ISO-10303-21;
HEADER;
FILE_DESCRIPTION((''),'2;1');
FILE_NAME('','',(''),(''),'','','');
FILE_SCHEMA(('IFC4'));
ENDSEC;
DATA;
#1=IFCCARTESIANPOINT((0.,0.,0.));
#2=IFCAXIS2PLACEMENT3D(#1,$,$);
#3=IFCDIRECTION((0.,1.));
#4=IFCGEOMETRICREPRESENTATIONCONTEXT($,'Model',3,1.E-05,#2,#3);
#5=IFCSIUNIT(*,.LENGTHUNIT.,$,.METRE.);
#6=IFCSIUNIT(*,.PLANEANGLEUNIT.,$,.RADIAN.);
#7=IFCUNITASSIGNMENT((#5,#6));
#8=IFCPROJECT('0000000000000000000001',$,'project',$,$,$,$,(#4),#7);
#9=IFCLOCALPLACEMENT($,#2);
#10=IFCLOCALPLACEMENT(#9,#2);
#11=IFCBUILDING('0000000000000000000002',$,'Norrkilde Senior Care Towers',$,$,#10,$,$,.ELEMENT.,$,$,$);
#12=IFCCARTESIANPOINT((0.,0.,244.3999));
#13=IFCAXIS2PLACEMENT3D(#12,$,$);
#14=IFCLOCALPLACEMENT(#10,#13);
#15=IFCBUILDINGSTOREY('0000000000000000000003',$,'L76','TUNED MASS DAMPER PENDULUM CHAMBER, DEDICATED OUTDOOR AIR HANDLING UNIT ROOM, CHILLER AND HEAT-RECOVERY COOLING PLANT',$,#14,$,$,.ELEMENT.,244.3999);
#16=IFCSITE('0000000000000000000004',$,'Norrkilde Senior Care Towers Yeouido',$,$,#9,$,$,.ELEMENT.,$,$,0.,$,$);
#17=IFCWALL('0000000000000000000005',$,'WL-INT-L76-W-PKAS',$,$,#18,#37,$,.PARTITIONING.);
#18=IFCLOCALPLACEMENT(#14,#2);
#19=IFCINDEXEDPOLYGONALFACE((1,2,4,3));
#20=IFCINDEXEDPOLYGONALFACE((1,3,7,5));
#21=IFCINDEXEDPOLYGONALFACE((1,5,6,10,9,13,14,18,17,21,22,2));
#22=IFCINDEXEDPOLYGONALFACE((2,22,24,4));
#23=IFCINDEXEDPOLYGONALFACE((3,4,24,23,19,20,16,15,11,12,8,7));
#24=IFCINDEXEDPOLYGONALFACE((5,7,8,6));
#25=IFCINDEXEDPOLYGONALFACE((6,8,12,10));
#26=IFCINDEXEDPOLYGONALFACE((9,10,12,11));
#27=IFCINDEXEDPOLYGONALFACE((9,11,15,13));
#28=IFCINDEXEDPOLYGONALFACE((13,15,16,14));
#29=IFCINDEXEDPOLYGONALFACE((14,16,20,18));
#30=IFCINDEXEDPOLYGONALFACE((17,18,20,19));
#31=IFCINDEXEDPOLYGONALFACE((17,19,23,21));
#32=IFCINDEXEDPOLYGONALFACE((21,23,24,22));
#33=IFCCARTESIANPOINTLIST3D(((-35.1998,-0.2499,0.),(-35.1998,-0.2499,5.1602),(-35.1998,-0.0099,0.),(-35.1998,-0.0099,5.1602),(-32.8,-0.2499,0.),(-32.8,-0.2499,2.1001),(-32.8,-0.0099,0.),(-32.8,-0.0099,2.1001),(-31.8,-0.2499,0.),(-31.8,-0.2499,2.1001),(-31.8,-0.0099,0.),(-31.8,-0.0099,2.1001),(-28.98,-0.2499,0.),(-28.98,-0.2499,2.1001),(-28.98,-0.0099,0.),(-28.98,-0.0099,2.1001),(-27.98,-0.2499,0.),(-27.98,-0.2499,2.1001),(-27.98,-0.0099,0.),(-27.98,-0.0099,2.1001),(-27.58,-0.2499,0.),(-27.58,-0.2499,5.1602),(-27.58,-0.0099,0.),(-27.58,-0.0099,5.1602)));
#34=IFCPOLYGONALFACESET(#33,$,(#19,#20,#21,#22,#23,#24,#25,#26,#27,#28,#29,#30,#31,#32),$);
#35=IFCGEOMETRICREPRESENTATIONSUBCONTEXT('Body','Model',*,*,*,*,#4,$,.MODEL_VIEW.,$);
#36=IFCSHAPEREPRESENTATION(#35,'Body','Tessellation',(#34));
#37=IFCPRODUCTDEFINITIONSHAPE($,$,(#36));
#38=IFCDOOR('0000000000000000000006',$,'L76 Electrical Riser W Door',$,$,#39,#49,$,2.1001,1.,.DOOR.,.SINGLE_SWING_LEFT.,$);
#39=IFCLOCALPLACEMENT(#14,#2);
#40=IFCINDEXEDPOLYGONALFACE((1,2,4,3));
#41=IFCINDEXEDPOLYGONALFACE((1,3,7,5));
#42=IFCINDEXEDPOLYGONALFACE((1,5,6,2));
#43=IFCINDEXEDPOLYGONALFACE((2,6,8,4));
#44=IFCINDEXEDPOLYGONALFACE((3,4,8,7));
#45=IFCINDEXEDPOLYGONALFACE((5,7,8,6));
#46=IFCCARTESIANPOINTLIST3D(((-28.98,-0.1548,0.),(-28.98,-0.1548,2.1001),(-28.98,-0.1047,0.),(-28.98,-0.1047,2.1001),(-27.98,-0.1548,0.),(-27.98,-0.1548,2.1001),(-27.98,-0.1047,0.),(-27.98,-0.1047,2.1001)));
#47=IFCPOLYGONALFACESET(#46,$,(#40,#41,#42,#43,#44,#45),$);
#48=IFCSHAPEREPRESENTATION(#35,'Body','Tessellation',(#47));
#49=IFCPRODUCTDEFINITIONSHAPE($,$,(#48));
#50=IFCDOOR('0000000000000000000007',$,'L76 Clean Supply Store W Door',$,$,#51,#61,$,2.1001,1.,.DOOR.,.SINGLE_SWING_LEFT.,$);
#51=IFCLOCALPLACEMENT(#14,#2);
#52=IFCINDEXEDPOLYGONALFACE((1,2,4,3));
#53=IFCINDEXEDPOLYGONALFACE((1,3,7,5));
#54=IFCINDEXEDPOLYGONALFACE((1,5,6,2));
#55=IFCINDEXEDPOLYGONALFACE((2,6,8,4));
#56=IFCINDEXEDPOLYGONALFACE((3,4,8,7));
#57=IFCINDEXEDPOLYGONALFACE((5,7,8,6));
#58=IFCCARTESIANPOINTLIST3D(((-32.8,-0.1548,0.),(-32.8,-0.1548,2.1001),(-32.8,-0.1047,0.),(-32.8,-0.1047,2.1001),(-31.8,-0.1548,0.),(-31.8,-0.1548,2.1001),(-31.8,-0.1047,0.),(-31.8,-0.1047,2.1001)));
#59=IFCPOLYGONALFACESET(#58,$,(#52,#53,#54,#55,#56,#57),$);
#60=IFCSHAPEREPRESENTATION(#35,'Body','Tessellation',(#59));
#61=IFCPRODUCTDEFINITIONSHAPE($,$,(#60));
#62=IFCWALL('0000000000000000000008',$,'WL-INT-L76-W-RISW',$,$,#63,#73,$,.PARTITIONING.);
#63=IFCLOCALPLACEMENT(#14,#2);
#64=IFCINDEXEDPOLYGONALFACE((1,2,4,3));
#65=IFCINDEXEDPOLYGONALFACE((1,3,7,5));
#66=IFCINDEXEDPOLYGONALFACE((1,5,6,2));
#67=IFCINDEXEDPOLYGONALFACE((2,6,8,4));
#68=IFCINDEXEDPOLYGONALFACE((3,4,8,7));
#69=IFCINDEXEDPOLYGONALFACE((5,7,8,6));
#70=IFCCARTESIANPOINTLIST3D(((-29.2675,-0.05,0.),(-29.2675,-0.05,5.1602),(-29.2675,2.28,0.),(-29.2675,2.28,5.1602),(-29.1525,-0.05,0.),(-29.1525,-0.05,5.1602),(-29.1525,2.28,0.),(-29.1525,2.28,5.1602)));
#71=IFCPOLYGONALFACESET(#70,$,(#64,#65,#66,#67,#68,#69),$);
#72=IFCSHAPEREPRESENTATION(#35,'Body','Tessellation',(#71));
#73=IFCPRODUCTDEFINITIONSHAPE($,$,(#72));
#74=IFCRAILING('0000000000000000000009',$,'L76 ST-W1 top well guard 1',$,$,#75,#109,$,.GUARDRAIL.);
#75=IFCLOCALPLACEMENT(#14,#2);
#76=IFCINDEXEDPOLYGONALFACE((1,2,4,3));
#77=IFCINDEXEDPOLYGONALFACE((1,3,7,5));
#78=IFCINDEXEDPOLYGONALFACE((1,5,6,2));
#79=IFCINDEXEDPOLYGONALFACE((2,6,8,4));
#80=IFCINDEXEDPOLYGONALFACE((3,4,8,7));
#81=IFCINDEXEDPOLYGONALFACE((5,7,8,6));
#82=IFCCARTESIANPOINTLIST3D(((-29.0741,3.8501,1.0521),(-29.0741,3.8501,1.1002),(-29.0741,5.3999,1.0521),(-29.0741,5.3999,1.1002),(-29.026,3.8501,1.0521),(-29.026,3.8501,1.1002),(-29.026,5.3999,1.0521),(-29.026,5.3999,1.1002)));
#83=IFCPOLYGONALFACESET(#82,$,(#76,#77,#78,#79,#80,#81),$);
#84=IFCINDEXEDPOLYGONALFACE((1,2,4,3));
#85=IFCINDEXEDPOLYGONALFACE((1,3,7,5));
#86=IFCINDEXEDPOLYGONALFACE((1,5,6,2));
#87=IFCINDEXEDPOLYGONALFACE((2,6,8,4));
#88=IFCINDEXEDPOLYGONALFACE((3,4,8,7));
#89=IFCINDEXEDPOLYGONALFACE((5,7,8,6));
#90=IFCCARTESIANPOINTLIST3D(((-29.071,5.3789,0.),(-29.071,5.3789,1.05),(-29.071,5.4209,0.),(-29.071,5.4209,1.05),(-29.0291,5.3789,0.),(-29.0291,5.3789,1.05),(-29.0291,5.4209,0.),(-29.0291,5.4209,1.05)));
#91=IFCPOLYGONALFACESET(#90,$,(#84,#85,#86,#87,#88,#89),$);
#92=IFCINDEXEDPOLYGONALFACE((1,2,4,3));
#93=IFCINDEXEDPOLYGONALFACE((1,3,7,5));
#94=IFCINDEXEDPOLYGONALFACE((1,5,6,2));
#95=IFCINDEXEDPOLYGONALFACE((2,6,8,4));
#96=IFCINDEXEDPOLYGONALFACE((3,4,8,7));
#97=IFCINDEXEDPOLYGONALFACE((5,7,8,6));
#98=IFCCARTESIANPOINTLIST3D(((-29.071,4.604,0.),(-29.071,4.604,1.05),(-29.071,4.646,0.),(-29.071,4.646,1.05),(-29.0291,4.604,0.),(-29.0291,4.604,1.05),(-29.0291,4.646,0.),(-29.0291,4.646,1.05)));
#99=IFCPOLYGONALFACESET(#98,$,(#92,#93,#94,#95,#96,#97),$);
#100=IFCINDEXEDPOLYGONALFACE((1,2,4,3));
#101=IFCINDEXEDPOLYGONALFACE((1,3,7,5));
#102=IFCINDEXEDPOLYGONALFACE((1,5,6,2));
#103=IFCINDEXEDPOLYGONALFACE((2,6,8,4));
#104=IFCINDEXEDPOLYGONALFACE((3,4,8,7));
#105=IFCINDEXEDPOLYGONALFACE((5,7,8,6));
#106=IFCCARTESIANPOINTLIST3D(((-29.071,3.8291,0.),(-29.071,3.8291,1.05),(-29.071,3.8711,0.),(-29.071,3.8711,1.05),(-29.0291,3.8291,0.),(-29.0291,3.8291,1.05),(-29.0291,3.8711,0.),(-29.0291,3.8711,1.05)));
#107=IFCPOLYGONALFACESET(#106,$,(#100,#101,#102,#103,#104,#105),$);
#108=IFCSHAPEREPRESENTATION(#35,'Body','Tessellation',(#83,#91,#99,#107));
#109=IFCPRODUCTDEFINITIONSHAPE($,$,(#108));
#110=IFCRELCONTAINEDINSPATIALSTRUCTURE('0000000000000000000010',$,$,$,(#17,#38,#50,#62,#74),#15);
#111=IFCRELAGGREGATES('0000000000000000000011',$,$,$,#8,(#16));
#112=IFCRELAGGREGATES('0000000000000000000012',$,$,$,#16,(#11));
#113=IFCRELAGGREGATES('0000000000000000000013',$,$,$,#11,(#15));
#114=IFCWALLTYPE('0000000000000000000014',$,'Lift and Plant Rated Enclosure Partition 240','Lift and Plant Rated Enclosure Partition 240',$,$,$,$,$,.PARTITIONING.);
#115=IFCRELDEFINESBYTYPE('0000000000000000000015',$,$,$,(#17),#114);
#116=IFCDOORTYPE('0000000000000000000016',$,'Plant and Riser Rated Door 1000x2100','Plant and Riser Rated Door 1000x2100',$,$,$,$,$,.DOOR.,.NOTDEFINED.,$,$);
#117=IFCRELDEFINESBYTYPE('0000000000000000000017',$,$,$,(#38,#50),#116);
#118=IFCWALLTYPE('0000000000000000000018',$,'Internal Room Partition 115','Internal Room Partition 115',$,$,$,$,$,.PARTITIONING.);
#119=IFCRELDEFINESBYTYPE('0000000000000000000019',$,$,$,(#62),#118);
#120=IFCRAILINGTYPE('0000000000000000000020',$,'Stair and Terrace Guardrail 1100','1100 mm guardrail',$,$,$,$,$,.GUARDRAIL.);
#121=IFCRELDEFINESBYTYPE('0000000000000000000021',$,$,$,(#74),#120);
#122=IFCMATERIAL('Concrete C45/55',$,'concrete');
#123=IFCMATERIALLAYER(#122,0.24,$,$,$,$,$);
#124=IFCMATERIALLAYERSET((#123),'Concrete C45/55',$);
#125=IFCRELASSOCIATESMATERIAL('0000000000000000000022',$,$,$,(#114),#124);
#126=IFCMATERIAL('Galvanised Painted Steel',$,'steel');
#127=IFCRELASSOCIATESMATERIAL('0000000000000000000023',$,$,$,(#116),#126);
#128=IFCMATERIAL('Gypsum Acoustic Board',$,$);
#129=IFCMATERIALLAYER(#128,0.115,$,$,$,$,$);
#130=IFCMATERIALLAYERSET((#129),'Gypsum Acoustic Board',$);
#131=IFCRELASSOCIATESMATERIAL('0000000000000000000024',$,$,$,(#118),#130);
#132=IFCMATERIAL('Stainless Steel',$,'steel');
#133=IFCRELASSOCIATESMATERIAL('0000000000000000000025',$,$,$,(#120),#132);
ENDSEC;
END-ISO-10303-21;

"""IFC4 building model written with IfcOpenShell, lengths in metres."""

from ifc_helpers import new_model, si_unit, direction, frame, frame_2d, origin, origin_2d, place, context, subcontext, project, spatial, rectangle, extrude, source, transform, mapped, material, layer, layer_set, type_object, type_shapes, element, fill, save


model = new_model("IFC4")

# Units and contexts
model_context = context("Model", 3, precision=1e-05, world=origin(), true_north=direction((0.0, 1.0)))
body_context = subcontext(model_context, "Body", "Model", "MODEL_VIEW")
ifc_project = project(units=[si_unit("LENGTHUNIT", "METRE"), si_unit("PLANEANGLEUNIT", "RADIAN")], contexts=[model_context])

# Site, building, storey
site_placement = place(None, origin())
site = spatial("IfcSite", under=ifc_project, at=site_placement, Name="Norrkilde Senior Care Towers Yeouido", CompositionType="ELEMENT", RefElevation=0.0)
building_placement = place(site_placement, origin())
building = spatial("IfcBuilding", under=site, at=building_placement, Name="Norrkilde Senior Care Towers", CompositionType="ELEMENT")
storey_placement = place(building_placement, frame((0.0, 0.0, 244.3999)))
storey = spatial("IfcBuildingStorey", under=building, at=storey_placement, Name="L76", Description="TUNED MASS DAMPER PENDULUM CHAMBER, DEDICATED OUTDOOR AIR HANDLING UNIT ROOM, CHILLER AND HEAT-RECOVERY COOLING PLANT", CompositionType="ELEMENT", Elevation=244.3999)

# Shared definitions
ifc_material_1 = material(Name="Concrete C45/55", Category="concrete")

# Wall, openings, doors
ifc_layer_1 = layer(ifc_material_1, 0.24)
ifc_layer_set_1 = layer_set([ifc_layer_1], Name="Concrete C45/55")
wall_type_1 = type_object("IfcWallType", Name="Lift and Plant Rated Enclosure Partition 240", Description="Lift and Plant Rated Enclosure Partition 240", PredefinedType="PARTITIONING", material=ifc_layer_set_1)
shared_shape_1 = source(origin(), body_context, "Body", "SweptSolid", [
    extrude(rectangle(XDim=7.6199, YDim=0.24, at=frame_2d((3.8101, 0.0))), origin(), (0.0, 0.0, 1.0), 5.1602),
])
type_shapes(wall_type_1, [shared_shape_1])
wall_1_placement = place(storey_placement, frame((-35.2, -0.1299, 0.0), z_axis=(0.0, 0.0, 1.0), x_axis=(1.0, 0.0, 0.0)))
wall_1 = element("IfcWall", 1, at=wall_1_placement, inside=storey, type_object=wall_type_1, Name="WL-INT-L76-W-PKAS", PredefinedType="PARTITIONING", context=body_context, shape_type="MappedRepresentation", body=[
    mapped(shared_shape_1, transform((0.0, 0.0, 0.0), x_axis=(1.0, 0.0, 0.0), y_axis=(0.0, 1.0, 0.0), z_axis=(0.0, 0.0, 1.0), scale=1.0)),
])
opening_1_placement = place(wall_1_placement, frame((6.22, 0.0, 0.0)))
opening_1 = element("IfcOpeningElement", 2, at=opening_1_placement, cuts=wall_1, PredefinedType="OPENING", context=body_context, shape_type="SweptSolid", body=[
    extrude(rectangle(XDim=1.0, YDim=2.1001, at=frame_2d((0.5, 1.05))), frame((0.0, 0.1299, 0.0), z_axis=(0.0, -1.0, 0.0), x_axis=(1.0, 0.0, 0.0)), (0.0, 0.0, 1.0), 0.26),
])
opening_2_placement = place(wall_1_placement, frame((2.3999, 0.0, 0.0)))
opening_2 = element("IfcOpeningElement", 3, at=opening_2_placement, cuts=wall_1, PredefinedType="OPENING", context=body_context, shape_type="SweptSolid", body=[
    extrude(rectangle(XDim=1.0, YDim=2.1001, at=frame_2d((0.5, 1.05))), frame((0.0, 0.1299, 0.0), z_axis=(0.0, -1.0, 0.0), x_axis=(1.0, 0.0, 0.0)), (0.0, 0.0, 1.0), 0.26),
])
ifc_material_2 = material(Name="Galvanised Painted Steel", Category="steel")
door_type = type_object("IfcDoorType", Name="Plant and Riser Rated Door 1000x2100", Description="Plant and Riser Rated Door 1000x2100", OperationType="NOTDEFINED", PredefinedType="DOOR", material=ifc_material_2)
shared_shape_2 = source(origin(), body_context, "Body", "SweptSolid", [
    extrude(rectangle(XDim=1.0, YDim=2.1001, at=frame_2d((0.5, 1.05))), frame((0.0, 0.0249, 0.0), z_axis=(0.0, -1.0, 0.0), x_axis=(1.0, 0.0, 0.0)), (0.0, 0.0, 1.0), 0.05),
])
type_shapes(door_type, [shared_shape_2])
door_1_placement = place(opening_1_placement, frame((1.0, 0.0, 0.0), z_axis=(0.0, 0.0, 1.0), x_axis=(-1.0, 0.0, 0.0)))
door_1 = element("IfcDoor", 4, at=door_1_placement, inside=storey, type_object=door_type, Name="L76 Electrical Riser W Door", OperationType="SINGLE_SWING_LEFT", OverallHeight=2.1001, OverallWidth=1.0, PredefinedType="DOOR", context=body_context, shape_type="MappedRepresentation", body=[
    mapped(shared_shape_2, transform((0.0, 0.0, 0.0), x_axis=(1.0, 0.0, 0.0), y_axis=(0.0, 1.0, 0.0), z_axis=(0.0, 0.0, 1.0), scale=1.0)),
])
fill(opening_1, door_1)
door_2_placement = place(opening_2_placement, frame((1.0, 0.0, 0.0), z_axis=(0.0, 0.0, 1.0), x_axis=(-1.0, 0.0, 0.0)))
door_2 = element("IfcDoor", 5, at=door_2_placement, inside=storey, type_object=door_type, Name="L76 Clean Supply Store W Door", OperationType="SINGLE_SWING_LEFT", OverallHeight=2.1001, OverallWidth=1.0, PredefinedType="DOOR", context=body_context, shape_type="MappedRepresentation", body=[
    mapped(shared_shape_2, transform((0.0, 0.0, 0.0), x_axis=(1.0, 0.0, 0.0), y_axis=(0.0, 1.0, 0.0), z_axis=(0.0, 0.0, 1.0), scale=1.0)),
])
fill(opening_2, door_2)

# Wall
ifc_material_3 = material(Name="Gypsum Acoustic Board")
ifc_layer_2 = layer(ifc_material_3, 0.115)
ifc_layer_set_2 = layer_set([ifc_layer_2], Name="Gypsum Acoustic Board")
wall_type_2 = type_object("IfcWallType", Name="Internal Room Partition 115", Description="Internal Room Partition 115", PredefinedType="PARTITIONING", material=ifc_layer_set_2)
shared_shape_3 = source(origin(), body_context, "Body", "SweptSolid", [
    extrude(rectangle(XDim=2.3301, YDim=0.115, at=frame_2d((1.165, 0.0))), origin(), (0.0, 0.0, 1.0), 5.1602),
])
type_shapes(wall_type_2, [shared_shape_3])
wall_2_placement = place(storey_placement, frame((-29.21, -0.05, 0.0), z_axis=(0.0, 0.0, 1.0), x_axis=(0.0, 1.0, 0.0)))
element("IfcWall", 6, at=wall_2_placement, inside=storey, type_object=wall_type_2, Name="WL-INT-L76-W-RISW", PredefinedType="PARTITIONING", context=body_context, shape_type="MappedRepresentation", body=[
    mapped(shared_shape_3, transform((0.0, 0.0, 0.0), x_axis=(1.0, 0.0, 0.0), y_axis=(0.0, 1.0, 0.0), z_axis=(0.0, 0.0, 1.0), scale=1.0)),
])

# Railing
ifc_material_4 = material(Name="Stainless Steel", Category="steel")
railing_type = type_object("IfcRailingType", Name="Stair and Terrace Guardrail 1100", Description="1100 mm guardrail", PredefinedType="GUARDRAIL", material=ifc_material_4)
railing_placement = place(storey_placement, frame((-29.05, 5.3999, 0.0)))
element("IfcRailing", 7, at=railing_placement, inside=storey, type_object=railing_type, Name="L76 ST-W1 top well guard 1", PredefinedType="GUARDRAIL", context=body_context, shape_type="SweptSolid", body=[
    extrude(rectangle(XDim=0.0481, YDim=0.0481, at=origin_2d()), frame((0.0, 0.0, 1.0762), z_axis=(0.0, -1.0, 0.0), x_axis=(1.0, 0.0, 0.0)), (0.0, 0.0, 1.0), 1.5498),
    extrude(rectangle(XDim=0.042, YDim=0.042, at=origin_2d()), origin(), (0.0, 0.0, 1.0), 1.05),
    extrude(rectangle(XDim=0.042, YDim=0.042, at=origin_2d()), frame((0.0, -0.7749, 0.0)), (0.0, 0.0, 1.0), 1.05),
    extrude(rectangle(XDim=0.042, YDim=0.042, at=origin_2d()), frame((0.0, -1.5498, 0.0)), (0.0, 0.0, 1.0), 1.05),
])

save(model, "model.ifc")
